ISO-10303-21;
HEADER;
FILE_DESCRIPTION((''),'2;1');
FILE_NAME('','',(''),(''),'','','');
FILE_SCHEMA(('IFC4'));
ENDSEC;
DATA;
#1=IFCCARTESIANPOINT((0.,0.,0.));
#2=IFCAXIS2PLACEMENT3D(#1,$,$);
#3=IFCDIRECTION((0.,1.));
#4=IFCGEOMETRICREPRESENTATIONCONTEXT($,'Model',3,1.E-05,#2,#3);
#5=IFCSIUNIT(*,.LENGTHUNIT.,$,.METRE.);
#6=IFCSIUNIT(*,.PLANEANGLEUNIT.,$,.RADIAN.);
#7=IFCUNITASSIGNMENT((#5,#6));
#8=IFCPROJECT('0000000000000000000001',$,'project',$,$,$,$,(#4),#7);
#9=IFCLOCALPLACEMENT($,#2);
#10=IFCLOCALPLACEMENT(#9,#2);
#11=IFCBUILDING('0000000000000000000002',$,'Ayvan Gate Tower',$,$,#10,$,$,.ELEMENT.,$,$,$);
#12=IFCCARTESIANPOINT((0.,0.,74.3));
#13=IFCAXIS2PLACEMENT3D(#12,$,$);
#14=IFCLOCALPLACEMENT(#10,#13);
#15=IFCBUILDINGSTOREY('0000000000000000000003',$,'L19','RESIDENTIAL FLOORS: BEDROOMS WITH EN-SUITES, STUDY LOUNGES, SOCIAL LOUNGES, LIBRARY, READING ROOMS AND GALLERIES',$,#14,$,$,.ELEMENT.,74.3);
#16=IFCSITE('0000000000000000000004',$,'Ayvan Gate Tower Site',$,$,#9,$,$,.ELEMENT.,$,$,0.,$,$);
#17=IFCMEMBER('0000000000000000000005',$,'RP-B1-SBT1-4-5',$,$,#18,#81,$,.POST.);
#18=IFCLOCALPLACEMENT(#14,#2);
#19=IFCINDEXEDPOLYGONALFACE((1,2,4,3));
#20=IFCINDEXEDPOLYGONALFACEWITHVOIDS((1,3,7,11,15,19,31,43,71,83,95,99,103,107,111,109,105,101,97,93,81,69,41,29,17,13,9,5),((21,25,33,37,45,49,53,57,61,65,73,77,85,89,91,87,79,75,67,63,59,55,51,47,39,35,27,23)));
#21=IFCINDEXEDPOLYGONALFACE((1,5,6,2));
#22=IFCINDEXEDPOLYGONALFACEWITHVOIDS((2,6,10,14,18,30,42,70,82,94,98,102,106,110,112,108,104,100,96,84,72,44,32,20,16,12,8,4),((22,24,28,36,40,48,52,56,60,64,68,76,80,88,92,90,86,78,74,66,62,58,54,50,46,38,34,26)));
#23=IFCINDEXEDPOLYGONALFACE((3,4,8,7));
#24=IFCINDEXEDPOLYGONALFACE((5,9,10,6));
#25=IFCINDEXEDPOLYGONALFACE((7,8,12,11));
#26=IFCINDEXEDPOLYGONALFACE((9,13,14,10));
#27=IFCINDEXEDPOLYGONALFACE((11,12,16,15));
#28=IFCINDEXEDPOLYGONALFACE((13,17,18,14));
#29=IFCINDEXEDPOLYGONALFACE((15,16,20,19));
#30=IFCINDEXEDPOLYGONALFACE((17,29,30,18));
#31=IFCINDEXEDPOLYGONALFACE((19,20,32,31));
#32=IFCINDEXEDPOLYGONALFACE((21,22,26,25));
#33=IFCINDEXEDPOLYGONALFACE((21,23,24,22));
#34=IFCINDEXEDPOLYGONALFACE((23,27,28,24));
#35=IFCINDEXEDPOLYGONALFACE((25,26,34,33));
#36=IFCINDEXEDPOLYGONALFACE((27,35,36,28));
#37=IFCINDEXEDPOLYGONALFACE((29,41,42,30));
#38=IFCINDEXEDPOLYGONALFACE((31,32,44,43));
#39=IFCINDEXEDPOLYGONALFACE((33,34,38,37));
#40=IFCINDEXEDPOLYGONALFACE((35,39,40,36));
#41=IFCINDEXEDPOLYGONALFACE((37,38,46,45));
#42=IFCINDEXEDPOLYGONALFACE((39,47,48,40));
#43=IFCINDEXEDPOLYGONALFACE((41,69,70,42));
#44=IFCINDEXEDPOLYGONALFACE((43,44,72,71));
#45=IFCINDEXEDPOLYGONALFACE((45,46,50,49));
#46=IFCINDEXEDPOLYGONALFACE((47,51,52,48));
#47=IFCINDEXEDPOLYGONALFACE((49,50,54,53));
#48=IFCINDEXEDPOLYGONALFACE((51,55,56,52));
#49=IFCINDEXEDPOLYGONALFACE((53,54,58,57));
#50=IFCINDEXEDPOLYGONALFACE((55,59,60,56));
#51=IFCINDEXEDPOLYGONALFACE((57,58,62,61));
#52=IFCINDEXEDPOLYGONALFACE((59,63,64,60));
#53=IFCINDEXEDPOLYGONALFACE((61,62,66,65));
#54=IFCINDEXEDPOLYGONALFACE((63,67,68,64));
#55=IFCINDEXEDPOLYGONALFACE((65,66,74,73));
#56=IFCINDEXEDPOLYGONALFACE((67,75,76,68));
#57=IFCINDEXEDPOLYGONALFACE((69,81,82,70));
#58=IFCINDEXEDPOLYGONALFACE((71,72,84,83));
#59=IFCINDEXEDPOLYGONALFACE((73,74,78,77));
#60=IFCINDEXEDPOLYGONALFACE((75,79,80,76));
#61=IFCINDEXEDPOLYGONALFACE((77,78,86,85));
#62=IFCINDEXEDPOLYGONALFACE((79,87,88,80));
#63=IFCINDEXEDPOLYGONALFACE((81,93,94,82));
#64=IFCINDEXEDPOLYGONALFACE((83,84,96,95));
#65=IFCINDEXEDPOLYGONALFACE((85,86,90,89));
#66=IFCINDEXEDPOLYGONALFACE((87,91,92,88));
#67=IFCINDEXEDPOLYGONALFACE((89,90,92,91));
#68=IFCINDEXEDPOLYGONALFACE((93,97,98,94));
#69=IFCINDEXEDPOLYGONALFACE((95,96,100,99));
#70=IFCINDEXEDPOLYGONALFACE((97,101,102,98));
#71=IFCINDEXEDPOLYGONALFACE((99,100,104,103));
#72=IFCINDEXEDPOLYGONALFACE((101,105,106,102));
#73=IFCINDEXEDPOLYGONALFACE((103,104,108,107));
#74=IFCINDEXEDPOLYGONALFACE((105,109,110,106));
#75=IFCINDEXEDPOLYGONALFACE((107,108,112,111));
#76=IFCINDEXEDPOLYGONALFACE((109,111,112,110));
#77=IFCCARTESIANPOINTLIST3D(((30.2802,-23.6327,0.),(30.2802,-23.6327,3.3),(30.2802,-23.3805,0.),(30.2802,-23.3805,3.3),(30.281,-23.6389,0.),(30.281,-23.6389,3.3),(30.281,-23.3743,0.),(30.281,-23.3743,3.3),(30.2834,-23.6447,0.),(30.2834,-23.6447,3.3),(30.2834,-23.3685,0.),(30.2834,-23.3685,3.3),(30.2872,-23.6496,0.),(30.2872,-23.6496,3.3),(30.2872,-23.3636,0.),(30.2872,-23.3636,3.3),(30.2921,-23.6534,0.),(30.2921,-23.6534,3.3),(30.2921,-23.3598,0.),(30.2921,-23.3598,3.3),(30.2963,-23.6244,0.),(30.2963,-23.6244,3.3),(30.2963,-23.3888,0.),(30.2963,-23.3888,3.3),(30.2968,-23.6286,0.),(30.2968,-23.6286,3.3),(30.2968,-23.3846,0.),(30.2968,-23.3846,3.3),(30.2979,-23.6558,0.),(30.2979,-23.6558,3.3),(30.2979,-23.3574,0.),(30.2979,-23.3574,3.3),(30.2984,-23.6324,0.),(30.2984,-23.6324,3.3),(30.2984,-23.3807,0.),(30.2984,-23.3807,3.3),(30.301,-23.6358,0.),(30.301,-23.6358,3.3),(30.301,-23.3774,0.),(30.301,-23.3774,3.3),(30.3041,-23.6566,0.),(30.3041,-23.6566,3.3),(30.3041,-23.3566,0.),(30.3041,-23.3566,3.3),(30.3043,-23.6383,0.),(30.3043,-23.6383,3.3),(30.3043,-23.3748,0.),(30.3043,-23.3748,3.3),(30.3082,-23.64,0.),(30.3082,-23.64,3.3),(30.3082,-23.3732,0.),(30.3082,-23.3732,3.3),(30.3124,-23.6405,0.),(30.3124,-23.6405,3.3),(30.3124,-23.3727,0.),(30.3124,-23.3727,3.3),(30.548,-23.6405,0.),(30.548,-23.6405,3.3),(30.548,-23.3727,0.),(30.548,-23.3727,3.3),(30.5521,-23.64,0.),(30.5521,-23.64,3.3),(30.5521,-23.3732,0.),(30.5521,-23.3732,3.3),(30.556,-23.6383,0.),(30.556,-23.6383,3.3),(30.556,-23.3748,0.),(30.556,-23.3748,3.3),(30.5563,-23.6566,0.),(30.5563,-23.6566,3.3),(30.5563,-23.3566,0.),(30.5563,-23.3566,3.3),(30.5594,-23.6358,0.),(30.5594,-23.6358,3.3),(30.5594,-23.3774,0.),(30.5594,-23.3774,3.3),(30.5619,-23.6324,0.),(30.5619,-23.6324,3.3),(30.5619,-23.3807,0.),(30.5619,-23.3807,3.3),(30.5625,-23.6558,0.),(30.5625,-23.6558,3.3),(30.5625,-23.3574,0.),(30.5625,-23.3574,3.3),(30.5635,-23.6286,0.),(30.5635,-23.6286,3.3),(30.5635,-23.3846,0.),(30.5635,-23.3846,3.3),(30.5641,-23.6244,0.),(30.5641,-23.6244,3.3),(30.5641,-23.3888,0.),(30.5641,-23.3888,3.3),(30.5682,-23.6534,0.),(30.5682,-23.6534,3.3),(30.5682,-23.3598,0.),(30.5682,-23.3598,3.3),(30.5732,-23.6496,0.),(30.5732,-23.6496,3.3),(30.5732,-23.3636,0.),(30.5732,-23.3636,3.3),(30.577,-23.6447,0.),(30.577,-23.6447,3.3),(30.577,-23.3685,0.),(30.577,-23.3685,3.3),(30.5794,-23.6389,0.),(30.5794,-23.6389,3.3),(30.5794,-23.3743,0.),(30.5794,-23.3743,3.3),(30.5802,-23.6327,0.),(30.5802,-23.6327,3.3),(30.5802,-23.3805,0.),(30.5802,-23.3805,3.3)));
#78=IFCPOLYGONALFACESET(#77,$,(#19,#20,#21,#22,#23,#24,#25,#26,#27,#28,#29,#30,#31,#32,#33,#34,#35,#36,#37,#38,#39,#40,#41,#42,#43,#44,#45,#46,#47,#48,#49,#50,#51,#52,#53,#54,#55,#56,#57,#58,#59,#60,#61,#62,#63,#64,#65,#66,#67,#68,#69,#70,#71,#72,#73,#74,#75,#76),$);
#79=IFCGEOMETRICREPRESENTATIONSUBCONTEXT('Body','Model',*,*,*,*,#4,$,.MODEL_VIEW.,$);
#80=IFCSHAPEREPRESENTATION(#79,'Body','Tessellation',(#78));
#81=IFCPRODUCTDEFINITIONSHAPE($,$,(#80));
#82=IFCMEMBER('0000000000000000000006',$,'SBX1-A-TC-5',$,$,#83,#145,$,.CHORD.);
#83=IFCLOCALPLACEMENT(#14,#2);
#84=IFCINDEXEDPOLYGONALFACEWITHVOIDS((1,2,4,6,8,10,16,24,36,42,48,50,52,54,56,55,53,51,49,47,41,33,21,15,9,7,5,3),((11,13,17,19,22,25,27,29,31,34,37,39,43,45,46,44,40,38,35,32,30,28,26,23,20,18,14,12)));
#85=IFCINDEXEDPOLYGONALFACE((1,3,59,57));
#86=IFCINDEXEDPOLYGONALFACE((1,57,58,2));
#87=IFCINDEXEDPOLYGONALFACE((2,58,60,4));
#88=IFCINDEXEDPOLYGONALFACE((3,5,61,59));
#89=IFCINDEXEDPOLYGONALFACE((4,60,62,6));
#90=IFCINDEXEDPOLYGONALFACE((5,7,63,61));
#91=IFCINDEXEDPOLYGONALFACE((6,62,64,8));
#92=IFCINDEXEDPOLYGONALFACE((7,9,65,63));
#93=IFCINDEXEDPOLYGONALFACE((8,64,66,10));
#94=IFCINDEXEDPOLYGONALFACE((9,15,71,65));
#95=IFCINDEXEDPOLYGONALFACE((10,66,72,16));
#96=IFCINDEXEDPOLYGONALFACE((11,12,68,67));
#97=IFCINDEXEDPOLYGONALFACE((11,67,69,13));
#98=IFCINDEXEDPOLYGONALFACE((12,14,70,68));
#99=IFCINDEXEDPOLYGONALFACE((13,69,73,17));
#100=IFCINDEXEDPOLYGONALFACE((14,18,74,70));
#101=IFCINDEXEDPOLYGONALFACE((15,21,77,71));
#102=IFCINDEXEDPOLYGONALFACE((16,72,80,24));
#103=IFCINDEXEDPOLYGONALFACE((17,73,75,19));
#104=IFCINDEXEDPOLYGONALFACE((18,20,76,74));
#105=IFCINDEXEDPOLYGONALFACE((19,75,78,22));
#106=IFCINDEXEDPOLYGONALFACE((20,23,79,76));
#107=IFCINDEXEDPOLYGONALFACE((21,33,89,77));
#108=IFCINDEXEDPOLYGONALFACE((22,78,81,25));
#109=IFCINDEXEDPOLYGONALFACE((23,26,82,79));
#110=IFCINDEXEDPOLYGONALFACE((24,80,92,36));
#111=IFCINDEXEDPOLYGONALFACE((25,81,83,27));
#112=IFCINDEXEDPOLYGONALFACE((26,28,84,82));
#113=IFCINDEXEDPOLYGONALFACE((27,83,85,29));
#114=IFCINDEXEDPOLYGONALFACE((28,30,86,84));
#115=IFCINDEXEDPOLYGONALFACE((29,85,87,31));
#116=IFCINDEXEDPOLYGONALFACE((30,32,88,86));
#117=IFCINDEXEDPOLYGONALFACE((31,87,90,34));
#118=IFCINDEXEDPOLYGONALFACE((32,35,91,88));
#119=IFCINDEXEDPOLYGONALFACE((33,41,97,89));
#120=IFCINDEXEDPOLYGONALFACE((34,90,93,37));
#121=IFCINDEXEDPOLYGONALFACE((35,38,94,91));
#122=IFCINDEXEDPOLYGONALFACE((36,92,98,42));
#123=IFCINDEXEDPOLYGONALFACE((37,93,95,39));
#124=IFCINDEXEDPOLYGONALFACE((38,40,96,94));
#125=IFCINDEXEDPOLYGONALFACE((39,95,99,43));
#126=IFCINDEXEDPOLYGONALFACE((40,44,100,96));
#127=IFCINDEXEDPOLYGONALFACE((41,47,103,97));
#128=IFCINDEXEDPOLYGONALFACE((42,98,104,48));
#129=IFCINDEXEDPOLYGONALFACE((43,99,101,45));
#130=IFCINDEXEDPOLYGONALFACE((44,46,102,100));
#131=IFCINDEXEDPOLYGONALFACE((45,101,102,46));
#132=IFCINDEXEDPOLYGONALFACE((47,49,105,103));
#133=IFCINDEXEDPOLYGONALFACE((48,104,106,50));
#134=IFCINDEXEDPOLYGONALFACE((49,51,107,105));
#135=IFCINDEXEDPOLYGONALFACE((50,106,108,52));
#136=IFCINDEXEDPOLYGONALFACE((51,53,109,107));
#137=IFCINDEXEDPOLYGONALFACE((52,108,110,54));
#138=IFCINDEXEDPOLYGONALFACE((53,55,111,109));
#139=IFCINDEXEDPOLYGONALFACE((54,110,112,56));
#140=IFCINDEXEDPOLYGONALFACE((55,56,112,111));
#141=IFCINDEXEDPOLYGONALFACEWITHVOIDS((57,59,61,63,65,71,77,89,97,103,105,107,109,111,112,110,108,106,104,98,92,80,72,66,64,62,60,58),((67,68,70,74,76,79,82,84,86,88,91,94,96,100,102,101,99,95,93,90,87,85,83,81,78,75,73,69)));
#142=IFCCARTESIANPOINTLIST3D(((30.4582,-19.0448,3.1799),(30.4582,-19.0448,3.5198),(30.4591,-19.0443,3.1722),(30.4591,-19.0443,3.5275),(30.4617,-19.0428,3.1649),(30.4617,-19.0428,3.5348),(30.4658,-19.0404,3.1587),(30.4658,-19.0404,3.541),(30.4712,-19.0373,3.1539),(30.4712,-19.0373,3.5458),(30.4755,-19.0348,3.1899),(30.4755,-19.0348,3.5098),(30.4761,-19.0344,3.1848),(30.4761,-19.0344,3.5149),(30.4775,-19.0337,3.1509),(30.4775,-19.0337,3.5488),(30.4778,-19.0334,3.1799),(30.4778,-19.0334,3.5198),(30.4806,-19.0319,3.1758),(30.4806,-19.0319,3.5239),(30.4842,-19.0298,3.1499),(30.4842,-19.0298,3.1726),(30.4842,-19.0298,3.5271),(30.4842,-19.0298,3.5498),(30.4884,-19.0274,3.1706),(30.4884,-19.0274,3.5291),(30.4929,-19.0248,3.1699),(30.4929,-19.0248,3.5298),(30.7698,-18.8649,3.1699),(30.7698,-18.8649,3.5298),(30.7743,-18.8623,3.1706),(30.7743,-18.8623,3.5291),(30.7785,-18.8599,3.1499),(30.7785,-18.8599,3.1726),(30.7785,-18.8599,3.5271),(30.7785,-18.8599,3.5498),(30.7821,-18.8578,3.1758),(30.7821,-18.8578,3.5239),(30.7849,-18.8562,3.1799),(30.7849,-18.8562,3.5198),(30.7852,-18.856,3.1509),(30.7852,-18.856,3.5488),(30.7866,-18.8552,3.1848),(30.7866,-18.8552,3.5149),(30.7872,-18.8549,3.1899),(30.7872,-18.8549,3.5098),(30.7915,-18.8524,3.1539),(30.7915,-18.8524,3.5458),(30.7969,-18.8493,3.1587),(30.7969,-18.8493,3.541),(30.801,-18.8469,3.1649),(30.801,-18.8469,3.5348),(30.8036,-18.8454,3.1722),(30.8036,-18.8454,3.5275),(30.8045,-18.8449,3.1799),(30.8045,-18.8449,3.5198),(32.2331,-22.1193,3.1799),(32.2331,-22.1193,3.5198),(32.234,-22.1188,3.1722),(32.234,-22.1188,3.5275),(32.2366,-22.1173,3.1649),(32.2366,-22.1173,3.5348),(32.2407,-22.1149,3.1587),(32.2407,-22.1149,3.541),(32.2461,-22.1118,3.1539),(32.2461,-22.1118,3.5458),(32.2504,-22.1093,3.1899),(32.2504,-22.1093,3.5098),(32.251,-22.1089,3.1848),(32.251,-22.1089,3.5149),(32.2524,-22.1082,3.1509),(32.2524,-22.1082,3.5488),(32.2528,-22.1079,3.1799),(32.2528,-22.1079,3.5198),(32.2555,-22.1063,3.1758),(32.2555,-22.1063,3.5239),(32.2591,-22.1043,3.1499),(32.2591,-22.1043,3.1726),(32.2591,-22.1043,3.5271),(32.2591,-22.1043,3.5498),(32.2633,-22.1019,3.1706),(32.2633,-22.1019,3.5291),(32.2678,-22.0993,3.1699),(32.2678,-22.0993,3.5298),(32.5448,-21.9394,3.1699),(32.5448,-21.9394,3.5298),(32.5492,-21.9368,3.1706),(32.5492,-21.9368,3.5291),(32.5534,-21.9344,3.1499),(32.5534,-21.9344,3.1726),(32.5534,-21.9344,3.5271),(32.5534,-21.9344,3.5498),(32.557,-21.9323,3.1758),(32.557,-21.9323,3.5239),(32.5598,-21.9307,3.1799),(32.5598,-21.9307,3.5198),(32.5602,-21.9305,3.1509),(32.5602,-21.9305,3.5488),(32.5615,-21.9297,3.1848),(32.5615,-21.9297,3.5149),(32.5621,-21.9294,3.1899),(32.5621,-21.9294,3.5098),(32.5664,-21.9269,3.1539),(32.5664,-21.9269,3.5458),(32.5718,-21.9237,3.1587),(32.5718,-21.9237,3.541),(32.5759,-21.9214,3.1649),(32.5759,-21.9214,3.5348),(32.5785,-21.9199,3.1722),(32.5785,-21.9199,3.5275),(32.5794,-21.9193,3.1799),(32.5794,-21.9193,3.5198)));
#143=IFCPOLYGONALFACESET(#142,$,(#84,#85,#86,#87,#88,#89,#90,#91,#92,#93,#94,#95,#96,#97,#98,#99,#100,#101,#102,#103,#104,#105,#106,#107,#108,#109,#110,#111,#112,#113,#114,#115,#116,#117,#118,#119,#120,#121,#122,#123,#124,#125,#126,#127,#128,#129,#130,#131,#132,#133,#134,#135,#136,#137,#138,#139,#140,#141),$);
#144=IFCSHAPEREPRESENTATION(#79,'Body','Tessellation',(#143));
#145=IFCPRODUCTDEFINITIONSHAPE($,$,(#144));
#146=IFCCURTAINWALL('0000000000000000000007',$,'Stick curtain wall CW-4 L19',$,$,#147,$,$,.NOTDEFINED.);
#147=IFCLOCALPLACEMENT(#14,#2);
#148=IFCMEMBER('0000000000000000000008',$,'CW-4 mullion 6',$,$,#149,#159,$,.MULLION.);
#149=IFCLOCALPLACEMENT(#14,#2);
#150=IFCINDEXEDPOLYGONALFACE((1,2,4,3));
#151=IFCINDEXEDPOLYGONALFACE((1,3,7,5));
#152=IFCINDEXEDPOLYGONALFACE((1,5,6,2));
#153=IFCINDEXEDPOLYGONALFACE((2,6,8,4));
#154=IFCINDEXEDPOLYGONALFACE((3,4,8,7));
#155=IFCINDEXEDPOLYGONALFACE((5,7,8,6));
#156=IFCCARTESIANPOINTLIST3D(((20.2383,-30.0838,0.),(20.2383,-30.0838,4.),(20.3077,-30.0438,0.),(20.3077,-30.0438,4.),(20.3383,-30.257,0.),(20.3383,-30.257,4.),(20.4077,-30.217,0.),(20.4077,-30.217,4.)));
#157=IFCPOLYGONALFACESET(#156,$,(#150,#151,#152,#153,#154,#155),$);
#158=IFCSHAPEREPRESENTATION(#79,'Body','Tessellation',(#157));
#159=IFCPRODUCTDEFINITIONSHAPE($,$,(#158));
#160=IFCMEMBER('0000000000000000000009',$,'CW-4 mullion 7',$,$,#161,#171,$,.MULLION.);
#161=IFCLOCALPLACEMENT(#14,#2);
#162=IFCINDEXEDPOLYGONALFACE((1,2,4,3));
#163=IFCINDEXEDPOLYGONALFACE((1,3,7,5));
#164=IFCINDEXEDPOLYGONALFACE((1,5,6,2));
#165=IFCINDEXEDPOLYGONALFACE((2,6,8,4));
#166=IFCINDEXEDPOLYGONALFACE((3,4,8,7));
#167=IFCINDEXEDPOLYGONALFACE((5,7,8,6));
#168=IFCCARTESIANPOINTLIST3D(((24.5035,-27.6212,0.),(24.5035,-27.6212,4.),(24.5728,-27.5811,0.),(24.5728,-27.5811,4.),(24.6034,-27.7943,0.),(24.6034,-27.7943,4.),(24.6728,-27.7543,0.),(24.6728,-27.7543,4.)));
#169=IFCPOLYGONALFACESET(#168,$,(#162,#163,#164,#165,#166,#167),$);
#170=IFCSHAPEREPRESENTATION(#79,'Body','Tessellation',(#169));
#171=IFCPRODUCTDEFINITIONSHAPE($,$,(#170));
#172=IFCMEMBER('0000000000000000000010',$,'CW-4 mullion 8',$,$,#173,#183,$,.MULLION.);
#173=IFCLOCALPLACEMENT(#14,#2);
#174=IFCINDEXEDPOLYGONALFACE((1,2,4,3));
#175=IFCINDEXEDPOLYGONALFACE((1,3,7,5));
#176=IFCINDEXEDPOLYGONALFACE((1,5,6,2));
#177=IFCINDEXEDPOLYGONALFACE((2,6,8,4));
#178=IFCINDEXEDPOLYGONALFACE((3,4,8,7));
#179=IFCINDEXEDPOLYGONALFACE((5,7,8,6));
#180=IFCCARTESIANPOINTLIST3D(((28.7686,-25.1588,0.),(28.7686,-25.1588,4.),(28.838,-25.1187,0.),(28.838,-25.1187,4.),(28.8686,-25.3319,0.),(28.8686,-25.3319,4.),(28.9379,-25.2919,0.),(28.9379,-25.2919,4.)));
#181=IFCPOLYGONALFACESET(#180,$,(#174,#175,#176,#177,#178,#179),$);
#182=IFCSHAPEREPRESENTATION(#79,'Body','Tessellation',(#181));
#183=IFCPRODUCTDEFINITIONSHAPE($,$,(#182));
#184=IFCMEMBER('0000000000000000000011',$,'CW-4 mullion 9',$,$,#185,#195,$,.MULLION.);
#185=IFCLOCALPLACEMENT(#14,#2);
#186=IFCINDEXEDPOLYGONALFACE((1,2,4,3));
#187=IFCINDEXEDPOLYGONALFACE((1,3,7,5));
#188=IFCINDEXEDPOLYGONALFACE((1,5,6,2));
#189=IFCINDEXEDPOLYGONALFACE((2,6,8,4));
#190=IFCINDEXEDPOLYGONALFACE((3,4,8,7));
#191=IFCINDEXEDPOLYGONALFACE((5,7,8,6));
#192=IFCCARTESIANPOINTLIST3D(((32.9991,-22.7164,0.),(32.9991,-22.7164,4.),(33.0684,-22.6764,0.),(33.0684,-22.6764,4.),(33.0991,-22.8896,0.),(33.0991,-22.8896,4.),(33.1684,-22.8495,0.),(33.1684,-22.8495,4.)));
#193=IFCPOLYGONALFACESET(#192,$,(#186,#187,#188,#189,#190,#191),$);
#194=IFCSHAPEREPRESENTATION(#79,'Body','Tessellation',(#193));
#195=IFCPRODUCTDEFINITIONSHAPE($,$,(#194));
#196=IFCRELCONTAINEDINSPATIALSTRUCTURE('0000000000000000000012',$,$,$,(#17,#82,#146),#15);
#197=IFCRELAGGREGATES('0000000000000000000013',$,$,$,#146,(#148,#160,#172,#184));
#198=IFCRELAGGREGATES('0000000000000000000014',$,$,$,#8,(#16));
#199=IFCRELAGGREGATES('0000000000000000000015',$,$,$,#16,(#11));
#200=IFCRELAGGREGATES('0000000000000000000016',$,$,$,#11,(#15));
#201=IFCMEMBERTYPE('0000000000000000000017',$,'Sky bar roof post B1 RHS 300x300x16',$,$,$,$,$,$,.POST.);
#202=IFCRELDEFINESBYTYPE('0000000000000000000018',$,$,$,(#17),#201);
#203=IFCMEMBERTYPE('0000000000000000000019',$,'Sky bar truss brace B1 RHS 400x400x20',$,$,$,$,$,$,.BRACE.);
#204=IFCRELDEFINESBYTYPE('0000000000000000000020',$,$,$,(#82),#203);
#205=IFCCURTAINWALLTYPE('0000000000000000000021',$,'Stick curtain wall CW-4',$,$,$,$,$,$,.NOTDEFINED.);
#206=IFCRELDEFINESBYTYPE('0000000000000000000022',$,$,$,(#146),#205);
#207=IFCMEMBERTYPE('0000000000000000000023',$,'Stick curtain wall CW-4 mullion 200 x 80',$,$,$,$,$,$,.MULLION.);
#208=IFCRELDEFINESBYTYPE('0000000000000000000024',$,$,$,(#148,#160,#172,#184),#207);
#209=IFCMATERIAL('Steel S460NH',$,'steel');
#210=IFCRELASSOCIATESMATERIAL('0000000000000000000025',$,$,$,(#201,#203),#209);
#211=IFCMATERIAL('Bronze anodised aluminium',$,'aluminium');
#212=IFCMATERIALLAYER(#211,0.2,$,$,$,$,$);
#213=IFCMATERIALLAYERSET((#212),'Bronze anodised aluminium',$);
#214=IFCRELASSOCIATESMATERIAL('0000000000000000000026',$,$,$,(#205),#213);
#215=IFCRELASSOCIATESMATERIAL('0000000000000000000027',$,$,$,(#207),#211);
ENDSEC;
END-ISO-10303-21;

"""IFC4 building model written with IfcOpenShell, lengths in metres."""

from ifc_helpers import new_model, si_unit, direction, frame, origin, origin_2d, place, context, subcontext, project, spatial, rectangle, hollow_rectangle, extrude, material, layer, layer_set, material_profile, profile_set, type_object, element, aggregate, save


model = new_model("IFC4")

# Units and contexts
model_context = context("Model", 3, precision=1e-05, world=origin(), true_north=direction((0.0, 1.0)))
body_context = subcontext(model_context, "Body", "Model", "MODEL_VIEW")
ifc_project = project(units=[si_unit("LENGTHUNIT", "METRE"), si_unit("PLANEANGLEUNIT", "RADIAN")], contexts=[model_context])

# Site, building, storey
site_placement = place(None, origin())
site = spatial("IfcSite", under=ifc_project, at=site_placement, Name="Ayvan Gate Tower Site", CompositionType="ELEMENT", RefElevation=0.0)
building_placement = place(site_placement, origin())
building = spatial("IfcBuilding", under=site, at=building_placement, Name="Ayvan Gate Tower", CompositionType="ELEMENT")
storey_placement = place(building_placement, frame((0.0, 0.0, 74.3)))
storey = spatial("IfcBuildingStorey", under=building, at=storey_placement, Name="L19", Description="RESIDENTIAL FLOORS: BEDROOMS WITH EN-SUITES, STUDY LOUNGES, SOCIAL LOUNGES, LIBRARY, READING ROOMS AND GALLERIES", CompositionType="ELEMENT", Elevation=74.3)

# Members
ifc_material_1 = material(Name="Steel S460NH", Category="steel")
ifc_material_profile_1 = material_profile(ifc_material_1, hollow_rectangle(XDim=0.3, YDim=0.3, WallThickness=0.0161, InnerFilletRadius=0.0161, OuterFilletRadius=0.0239, at=origin_2d()), Name="RHS 300x300x16")
ifc_profile_set_1 = profile_set([ifc_material_profile_1], Name="Steel S460NH")
member_type_1 = type_object("IfcMemberType", Name="Sky bar roof post B1 RHS 300x300x16", PredefinedType="POST", material=ifc_profile_set_1)
for number, where, z_axis, x_axis, name in (
    (1, (30.4302, -23.5066, 0.0), (0.0, 0.0, 1.0), (1.0, 0.0, 0.0), "RP-B1-SBT1-4-5"),
):
    element("IfcMember", number, at=place(storey_placement, frame(where, z_axis=z_axis, x_axis=x_axis)), inside=storey, type_object=member_type_1, Name=name, PredefinedType="POST", context=body_context, shape_type="SweptSolid", body=[
        extrude(hollow_rectangle(XDim=0.3, YDim=0.3, WallThickness=0.0161, InnerFilletRadius=0.0161, OuterFilletRadius=0.0239, at=origin_2d()), origin(), (0.0, 0.0, 1.0), 3.3),
    ])
ifc_material_profile_2 = material_profile(ifc_material_1, hollow_rectangle(XDim=0.3999, YDim=0.3999, WallThickness=0.02, InnerFilletRadius=0.02, OuterFilletRadius=0.03, at=origin_2d()), Name="RHS 400x400x20")
ifc_profile_set_2 = profile_set([ifc_material_profile_2], Name="Steel S460NH")
member_type_2 = type_object("IfcMemberType", Name="Sky bar truss brace B1 RHS 400x400x20", PredefinedType="BRACE", material=ifc_profile_set_2)
member_1_placement = place(storey_placement, frame((30.6313, -18.9448, 3.3499), z_axis=(0.49997, -0.866042, 0.0), x_axis=(0.866042, 0.49997, 0.0)))
element("IfcMember", 2, at=member_1_placement, inside=storey, type_object=member_type_2, Name="SBX1-A-TC-5", PredefinedType="CHORD", context=body_context, shape_type="SweptSolid", body=[
    extrude(hollow_rectangle(XDim=0.3999, YDim=0.3999, WallThickness=0.02, InnerFilletRadius=0.02, OuterFilletRadius=0.03, at=origin_2d()), origin(), (0.0, 0.0, 1.0), 3.55),
])

# Curtain wall, members
ifc_material_2 = material(Name="Bronze anodised aluminium", Category="aluminium")
ifc_layer_1 = layer(ifc_material_2, 0.2)
ifc_layer_set_1 = layer_set([ifc_layer_1], Name="Bronze anodised aluminium")
curtain_wall_type = type_object("IfcCurtainWallType", Name="Stick curtain wall CW-4", PredefinedType="NOTDEFINED", material=ifc_layer_set_1)
curtain_wall_1_placement = place(storey_placement, origin())
curtain_wall_1 = element("IfcCurtainWall", 3, at=curtain_wall_1_placement, inside=storey, type_object=curtain_wall_type, Name="Stick curtain wall CW-4 L19", PredefinedType="NOTDEFINED")
ifc_material_profile_3 = material_profile(ifc_material_2, rectangle(XDim=0.2, YDim=0.0801, at=origin_2d()), Name="Stick curtain wall CW-4 mullion 200 x 80")
ifc_profile_set_3 = profile_set([ifc_material_profile_3], Name="Bronze anodised aluminium")
member_type_3 = type_object("IfcMemberType", Name="Stick curtain wall CW-4 mullion 200 x 80", PredefinedType="MULLION", material=ifc_profile_set_3)
member_2_placement = place(storey_placement, frame((20.323, -30.1504, 0.0), z_axis=(0.0, 0.0, 1.0), x_axis=(0.5, -0.866025, 0.0)))
member_2 = element("IfcMember", 4, at=member_2_placement, type_object=member_type_3, Name="CW-4 mullion 6", PredefinedType="MULLION", context=body_context, shape_type="SweptSolid", body=[
    extrude(rectangle(XDim=0.2, YDim=0.0801, at=origin_2d()), origin(), (0.0, 0.0, 1.0), 4.0),
])
member_3_placement = place(storey_placement, frame((24.5881, -27.6877, 0.0), z_axis=(0.0, 0.0, 1.0), x_axis=(0.5, -0.866025, 0.0)))
member_3 = element("IfcMember", 5, at=member_3_placement, type_object=member_type_3, Name="CW-4 mullion 7", PredefinedType="MULLION", context=body_context, shape_type="SweptSolid", body=[
    extrude(rectangle(XDim=0.2, YDim=0.0801, at=origin_2d()), origin(), (0.0, 0.0, 1.0), 4.0),
])
member_4_placement = place(storey_placement, frame((28.8533, -25.2253, 0.0), z_axis=(0.0, 0.0, 1.0), x_axis=(0.5, -0.866025, 0.0)))
member_4 = element("IfcMember", 6, at=member_4_placement, type_object=member_type_3, Name="CW-4 mullion 8", PredefinedType="MULLION", context=body_context, shape_type="SweptSolid", body=[
    extrude(rectangle(XDim=0.2, YDim=0.0801, at=origin_2d()), origin(), (0.0, 0.0, 1.0), 4.0),
])
member_5_placement = place(storey_placement, frame((33.0837, -22.783, 0.0), z_axis=(0.0, 0.0, 1.0), x_axis=(0.5, -0.866025, 0.0)))
member_5 = element("IfcMember", 7, at=member_5_placement, type_object=member_type_3, Name="CW-4 mullion 9", PredefinedType="MULLION", context=body_context, shape_type="SweptSolid", body=[
    extrude(rectangle(XDim=0.2, YDim=0.0801, at=origin_2d()), origin(), (0.0, 0.0, 1.0), 4.0),
])

aggregate(curtain_wall_1, [member_2, member_3, member_4, member_5])

save(model, "model.ifc")
